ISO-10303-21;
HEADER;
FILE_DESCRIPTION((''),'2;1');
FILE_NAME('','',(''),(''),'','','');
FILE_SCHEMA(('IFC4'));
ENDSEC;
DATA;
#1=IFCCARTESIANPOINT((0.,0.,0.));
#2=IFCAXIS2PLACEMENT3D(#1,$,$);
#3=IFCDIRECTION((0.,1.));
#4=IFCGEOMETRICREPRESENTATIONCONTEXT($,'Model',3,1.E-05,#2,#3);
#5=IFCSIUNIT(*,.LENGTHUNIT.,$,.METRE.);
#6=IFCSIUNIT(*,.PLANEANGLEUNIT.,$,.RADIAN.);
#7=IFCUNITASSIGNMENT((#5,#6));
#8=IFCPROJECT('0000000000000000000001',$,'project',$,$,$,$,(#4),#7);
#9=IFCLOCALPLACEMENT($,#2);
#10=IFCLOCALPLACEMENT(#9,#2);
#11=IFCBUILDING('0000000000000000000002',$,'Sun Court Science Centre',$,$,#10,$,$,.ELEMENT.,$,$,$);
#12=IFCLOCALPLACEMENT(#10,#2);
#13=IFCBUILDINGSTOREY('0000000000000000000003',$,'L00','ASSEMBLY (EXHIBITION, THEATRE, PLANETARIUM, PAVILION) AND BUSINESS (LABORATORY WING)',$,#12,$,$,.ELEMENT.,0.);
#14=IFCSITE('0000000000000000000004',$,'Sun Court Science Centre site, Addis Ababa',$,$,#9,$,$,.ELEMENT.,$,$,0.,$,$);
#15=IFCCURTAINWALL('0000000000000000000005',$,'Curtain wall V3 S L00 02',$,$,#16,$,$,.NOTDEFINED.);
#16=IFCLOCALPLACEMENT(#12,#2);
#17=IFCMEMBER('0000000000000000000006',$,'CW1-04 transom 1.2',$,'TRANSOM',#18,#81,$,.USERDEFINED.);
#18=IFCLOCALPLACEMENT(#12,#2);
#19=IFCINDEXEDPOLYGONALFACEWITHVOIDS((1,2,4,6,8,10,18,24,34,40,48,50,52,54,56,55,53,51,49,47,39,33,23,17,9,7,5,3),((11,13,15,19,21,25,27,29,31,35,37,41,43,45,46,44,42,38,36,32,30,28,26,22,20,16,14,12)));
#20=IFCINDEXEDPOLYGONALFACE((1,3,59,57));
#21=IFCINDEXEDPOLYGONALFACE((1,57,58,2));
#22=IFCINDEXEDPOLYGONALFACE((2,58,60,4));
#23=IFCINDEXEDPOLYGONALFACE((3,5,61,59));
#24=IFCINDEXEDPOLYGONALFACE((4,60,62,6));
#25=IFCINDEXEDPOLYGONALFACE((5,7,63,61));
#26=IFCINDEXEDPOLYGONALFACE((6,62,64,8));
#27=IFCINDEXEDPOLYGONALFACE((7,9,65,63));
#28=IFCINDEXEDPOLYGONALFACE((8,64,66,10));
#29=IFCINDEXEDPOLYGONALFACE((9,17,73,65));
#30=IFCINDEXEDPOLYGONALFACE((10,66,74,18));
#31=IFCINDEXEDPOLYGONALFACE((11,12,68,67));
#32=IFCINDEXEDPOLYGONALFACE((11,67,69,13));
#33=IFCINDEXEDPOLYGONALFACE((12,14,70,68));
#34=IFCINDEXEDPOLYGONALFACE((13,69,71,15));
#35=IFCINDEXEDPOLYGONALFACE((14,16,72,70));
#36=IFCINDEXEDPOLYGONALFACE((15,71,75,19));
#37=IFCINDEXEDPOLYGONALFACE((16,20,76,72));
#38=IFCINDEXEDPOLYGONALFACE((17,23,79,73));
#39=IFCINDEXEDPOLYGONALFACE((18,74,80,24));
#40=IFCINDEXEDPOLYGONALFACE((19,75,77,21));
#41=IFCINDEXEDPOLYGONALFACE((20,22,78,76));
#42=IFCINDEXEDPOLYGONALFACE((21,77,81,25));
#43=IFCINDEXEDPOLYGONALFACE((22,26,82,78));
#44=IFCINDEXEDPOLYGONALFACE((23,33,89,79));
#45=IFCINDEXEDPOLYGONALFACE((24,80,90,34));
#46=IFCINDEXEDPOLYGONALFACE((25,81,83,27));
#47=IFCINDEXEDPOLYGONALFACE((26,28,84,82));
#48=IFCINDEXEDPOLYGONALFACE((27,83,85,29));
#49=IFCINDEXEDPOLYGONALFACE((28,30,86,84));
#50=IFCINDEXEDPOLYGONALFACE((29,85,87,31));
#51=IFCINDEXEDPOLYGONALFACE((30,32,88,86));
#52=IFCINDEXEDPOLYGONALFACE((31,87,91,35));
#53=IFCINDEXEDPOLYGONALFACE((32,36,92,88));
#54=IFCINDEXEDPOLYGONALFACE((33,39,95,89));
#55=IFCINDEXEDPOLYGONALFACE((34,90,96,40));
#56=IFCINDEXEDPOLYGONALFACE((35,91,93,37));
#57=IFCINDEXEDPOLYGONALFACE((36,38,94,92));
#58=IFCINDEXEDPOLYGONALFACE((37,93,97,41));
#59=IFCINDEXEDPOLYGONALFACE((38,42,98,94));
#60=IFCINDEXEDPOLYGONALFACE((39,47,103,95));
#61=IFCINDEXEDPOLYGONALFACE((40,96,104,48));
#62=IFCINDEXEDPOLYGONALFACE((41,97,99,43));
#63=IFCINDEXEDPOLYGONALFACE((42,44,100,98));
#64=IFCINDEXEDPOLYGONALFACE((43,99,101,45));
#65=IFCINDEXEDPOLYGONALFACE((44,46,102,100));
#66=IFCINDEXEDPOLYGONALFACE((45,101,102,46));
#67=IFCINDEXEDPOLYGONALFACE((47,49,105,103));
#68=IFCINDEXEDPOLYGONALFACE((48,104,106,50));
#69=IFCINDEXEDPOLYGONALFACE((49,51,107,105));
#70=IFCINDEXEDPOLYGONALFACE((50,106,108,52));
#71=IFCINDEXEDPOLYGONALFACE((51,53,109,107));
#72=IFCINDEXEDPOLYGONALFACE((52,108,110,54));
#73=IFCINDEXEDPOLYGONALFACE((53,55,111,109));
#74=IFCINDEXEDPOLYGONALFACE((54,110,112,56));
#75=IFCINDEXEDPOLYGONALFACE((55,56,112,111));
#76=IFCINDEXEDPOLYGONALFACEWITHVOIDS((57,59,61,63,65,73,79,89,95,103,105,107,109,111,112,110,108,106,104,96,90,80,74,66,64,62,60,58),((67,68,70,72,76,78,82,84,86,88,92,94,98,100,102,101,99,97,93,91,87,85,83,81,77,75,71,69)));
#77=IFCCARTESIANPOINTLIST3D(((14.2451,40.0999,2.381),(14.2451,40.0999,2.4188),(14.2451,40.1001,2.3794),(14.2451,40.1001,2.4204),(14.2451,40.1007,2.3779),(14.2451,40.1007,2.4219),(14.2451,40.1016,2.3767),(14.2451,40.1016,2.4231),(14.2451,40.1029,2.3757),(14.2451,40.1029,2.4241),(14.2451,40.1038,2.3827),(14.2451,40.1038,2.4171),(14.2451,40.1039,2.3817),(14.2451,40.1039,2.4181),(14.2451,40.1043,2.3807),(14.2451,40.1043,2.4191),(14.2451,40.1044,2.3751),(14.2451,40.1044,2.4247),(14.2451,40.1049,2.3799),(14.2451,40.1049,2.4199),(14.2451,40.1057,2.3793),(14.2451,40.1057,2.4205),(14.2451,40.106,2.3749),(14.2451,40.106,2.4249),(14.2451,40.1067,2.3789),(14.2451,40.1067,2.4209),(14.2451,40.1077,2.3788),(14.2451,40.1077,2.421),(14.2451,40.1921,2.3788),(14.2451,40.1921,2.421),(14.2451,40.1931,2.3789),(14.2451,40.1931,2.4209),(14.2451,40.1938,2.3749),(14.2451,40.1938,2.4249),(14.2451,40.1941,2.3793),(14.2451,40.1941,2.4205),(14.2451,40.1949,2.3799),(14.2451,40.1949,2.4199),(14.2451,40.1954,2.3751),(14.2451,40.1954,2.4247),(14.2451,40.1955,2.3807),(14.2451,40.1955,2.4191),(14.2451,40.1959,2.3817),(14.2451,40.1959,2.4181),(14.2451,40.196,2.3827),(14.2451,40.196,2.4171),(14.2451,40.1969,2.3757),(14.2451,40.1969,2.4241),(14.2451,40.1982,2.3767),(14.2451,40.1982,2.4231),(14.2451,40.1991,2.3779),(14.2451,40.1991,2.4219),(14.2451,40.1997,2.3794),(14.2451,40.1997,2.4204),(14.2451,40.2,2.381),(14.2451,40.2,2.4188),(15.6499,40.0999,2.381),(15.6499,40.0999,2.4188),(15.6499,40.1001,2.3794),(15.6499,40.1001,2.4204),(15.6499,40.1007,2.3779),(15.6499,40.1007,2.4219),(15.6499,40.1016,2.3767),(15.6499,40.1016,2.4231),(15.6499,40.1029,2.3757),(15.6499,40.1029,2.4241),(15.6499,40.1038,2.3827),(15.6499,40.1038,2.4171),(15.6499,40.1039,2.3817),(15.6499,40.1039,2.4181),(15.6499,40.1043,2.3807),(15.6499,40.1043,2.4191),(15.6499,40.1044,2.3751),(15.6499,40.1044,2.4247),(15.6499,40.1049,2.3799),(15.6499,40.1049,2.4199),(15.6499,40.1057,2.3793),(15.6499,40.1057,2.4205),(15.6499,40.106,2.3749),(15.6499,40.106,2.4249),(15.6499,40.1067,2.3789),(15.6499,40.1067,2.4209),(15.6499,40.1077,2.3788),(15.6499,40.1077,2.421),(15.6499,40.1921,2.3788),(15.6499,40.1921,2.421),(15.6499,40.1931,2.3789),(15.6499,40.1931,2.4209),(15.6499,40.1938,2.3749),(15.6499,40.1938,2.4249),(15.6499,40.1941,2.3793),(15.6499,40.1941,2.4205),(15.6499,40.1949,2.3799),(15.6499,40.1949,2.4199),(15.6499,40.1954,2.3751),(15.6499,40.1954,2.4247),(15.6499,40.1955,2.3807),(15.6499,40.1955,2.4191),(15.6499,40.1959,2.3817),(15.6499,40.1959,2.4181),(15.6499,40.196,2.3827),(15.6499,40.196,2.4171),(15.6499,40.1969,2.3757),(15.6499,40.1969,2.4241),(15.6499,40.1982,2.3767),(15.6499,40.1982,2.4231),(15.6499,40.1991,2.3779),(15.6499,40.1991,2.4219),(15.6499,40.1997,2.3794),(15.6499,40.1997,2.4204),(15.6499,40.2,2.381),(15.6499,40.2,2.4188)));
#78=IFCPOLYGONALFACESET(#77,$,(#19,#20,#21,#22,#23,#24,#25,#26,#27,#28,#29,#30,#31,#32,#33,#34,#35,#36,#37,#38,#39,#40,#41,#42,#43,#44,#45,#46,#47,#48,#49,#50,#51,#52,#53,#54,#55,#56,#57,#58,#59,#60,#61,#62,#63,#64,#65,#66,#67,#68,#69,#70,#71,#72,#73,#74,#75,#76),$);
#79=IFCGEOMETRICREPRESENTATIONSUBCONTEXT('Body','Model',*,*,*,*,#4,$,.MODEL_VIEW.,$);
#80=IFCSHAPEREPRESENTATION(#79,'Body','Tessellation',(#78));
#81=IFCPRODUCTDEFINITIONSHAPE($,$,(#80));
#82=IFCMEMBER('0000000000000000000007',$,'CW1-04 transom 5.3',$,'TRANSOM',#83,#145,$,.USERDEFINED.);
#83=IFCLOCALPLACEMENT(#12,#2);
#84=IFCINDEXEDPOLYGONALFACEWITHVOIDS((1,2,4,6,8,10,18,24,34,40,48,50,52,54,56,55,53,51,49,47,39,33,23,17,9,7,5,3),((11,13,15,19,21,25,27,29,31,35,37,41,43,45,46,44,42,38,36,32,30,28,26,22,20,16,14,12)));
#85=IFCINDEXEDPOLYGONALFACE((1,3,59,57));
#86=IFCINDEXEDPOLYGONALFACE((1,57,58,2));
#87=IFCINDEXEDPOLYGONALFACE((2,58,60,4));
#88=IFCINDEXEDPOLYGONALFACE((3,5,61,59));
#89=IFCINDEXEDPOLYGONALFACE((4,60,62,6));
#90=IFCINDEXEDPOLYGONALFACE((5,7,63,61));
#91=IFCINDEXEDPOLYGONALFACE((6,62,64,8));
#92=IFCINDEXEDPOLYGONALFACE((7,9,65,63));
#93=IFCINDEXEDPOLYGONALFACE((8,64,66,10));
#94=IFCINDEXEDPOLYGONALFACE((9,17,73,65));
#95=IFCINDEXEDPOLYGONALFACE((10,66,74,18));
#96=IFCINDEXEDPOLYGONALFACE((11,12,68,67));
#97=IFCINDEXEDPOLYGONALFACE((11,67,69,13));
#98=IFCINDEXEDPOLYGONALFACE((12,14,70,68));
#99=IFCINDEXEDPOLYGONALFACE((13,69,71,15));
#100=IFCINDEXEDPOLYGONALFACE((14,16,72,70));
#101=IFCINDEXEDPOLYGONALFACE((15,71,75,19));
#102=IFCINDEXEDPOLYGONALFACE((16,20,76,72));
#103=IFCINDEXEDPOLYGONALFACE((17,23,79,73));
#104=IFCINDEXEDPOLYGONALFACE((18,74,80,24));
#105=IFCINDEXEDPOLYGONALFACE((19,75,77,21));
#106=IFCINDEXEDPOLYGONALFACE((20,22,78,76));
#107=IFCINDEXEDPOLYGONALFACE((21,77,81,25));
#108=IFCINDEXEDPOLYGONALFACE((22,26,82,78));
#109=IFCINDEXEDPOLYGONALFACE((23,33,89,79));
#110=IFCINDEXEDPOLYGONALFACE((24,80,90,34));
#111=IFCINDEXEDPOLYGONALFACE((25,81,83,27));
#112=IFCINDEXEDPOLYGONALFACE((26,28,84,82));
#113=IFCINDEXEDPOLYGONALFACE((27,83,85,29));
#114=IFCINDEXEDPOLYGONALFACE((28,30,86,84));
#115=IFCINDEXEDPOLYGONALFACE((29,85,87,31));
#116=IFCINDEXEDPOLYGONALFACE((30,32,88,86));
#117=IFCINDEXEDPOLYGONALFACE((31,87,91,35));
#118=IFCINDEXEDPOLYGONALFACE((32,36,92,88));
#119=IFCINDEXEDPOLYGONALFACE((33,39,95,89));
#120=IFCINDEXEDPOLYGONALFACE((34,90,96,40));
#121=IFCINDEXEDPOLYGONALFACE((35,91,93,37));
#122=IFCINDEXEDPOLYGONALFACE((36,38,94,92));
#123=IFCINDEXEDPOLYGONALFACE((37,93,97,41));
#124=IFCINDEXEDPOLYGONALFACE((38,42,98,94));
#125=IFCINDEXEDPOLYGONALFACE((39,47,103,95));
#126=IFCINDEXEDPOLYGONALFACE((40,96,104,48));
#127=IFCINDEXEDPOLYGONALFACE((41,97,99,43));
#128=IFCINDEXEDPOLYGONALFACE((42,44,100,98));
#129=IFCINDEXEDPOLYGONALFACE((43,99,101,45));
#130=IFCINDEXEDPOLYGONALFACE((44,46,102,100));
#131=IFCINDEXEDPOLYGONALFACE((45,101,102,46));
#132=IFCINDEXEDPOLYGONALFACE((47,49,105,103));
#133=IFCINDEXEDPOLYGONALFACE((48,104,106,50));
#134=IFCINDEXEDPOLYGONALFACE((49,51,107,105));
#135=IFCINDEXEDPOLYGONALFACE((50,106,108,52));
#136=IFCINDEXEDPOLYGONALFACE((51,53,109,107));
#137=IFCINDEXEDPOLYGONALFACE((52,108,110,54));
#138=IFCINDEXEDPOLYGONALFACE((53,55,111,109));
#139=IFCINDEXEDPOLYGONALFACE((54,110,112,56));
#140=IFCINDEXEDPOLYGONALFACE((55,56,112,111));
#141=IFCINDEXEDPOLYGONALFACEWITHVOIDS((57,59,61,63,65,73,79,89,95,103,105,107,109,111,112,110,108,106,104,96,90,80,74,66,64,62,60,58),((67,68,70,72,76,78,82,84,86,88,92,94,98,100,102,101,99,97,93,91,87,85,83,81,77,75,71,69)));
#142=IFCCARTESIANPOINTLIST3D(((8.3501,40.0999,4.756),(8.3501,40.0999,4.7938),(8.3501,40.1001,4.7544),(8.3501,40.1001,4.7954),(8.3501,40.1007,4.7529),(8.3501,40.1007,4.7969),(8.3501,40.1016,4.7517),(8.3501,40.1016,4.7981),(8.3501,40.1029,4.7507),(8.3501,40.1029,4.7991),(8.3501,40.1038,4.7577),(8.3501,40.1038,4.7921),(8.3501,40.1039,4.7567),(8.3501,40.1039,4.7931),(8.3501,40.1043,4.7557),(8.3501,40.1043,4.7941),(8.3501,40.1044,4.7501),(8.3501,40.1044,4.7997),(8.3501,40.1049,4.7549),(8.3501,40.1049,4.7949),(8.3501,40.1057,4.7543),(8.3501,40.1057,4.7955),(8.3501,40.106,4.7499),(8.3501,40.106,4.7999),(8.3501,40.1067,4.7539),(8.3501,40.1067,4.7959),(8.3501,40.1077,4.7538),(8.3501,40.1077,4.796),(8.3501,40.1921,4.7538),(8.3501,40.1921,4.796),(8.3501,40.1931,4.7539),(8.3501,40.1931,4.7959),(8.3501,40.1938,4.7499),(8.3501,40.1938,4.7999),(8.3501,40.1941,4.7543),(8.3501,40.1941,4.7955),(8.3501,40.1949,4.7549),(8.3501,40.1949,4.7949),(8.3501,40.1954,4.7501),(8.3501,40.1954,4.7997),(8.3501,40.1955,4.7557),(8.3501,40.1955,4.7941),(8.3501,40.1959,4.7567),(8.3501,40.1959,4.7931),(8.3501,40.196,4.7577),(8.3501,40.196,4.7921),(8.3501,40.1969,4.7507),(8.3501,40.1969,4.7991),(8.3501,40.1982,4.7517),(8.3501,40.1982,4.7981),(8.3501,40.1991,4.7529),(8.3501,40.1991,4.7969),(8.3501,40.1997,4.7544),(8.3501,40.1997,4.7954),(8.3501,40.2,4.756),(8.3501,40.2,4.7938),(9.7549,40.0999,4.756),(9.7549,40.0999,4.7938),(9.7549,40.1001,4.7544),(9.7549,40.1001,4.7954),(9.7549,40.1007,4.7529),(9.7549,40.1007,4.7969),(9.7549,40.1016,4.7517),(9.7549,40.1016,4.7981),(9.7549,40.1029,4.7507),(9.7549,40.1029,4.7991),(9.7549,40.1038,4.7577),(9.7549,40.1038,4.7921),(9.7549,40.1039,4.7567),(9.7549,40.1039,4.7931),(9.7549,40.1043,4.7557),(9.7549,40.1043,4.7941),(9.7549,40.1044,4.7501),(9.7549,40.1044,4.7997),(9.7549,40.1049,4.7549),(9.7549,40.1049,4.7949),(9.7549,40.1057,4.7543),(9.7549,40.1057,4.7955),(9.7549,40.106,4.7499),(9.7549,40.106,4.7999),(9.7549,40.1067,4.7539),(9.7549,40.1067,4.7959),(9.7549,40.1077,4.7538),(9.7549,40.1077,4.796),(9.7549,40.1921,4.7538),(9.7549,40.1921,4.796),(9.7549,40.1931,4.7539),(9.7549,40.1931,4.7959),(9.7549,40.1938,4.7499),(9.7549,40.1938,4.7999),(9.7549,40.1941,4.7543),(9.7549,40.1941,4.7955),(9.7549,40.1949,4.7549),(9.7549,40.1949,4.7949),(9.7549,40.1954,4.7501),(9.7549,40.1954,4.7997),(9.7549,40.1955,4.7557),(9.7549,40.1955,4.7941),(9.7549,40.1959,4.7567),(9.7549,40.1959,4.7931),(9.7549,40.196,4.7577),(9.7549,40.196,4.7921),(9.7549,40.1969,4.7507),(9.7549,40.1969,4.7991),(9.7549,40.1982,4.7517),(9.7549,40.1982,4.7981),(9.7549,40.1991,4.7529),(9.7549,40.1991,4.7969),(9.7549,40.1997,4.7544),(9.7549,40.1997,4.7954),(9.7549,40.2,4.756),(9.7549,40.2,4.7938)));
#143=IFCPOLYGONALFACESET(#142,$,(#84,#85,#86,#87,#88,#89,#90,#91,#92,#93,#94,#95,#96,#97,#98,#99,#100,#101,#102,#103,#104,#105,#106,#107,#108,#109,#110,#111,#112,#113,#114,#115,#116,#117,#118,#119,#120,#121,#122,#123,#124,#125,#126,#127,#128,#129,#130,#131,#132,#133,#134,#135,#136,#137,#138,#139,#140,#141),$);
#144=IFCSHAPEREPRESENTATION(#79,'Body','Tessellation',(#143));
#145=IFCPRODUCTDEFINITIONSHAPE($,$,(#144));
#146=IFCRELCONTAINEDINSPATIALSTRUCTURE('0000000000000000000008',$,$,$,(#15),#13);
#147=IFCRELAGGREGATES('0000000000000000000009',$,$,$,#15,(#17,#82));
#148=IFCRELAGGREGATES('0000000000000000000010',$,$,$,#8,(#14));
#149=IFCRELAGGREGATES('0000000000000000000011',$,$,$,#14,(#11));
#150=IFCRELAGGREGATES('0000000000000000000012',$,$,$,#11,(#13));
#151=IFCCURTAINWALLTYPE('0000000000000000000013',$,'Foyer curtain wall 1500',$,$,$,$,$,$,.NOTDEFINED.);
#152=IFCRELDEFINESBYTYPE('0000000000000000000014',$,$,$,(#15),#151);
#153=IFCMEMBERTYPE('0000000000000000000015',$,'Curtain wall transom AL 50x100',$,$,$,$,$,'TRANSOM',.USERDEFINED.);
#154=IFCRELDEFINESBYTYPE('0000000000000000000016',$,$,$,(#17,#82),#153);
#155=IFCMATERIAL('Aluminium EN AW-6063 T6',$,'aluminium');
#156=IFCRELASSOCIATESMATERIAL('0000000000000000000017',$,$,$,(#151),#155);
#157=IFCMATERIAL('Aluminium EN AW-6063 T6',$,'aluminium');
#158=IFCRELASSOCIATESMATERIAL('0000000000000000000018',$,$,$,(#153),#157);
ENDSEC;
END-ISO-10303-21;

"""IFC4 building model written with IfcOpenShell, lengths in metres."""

from ifc_helpers import new_model, si_unit, direction, frame, origin, origin_2d, place, context, subcontext, project, spatial, hollow_rectangle, extrude, material, material_profile, profile_set, type_object, element, aggregate, save


model = new_model("IFC4")

# Units and contexts
model_context = context("Model", 3, precision=1e-05, world=origin(), true_north=direction((0.0, 1.0)))
body_context = subcontext(model_context, "Body", "Model", "MODEL_VIEW")
ifc_project = project(units=[si_unit("LENGTHUNIT", "METRE"), si_unit("PLANEANGLEUNIT", "RADIAN")], contexts=[model_context])

# Site, building, storey
site_placement = place(None, origin())
site = spatial("IfcSite", under=ifc_project, at=site_placement, Name="Sun Court Science Centre site, Addis Ababa", CompositionType="ELEMENT", RefElevation=0.0)
building_placement = place(site_placement, origin())
building = spatial("IfcBuilding", under=site, at=building_placement, Name="Sun Court Science Centre", CompositionType="ELEMENT")
storey_placement = place(building_placement, origin())
storey = spatial("IfcBuildingStorey", under=building, at=storey_placement, Name="L00", Description="ASSEMBLY (EXHIBITION, THEATRE, PLANETARIUM, PAVILION) AND BUSINESS (LABORATORY WING)", CompositionType="ELEMENT", Elevation=0.0)

# Curtain wall
ifc_material_1 = material(Name="Aluminium EN AW-6063 T6", Category="aluminium")
curtain_wall_type = type_object("IfcCurtainWallType", Name="Foyer curtain wall 1500", PredefinedType="NOTDEFINED", material=ifc_material_1)
curtain_wall_1_placement = place(storey_placement, origin())
curtain_wall_1 = element("IfcCurtainWall", 1, at=curtain_wall_1_placement, inside=storey, type_object=curtain_wall_type, Name="Curtain wall V3 S L00 02", PredefinedType="NOTDEFINED")

# Members
ifc_material_2 = material(Name="Aluminium EN AW-6063 T6", Category="aluminium")
ifc_material_profile_1 = material_profile(ifc_material_2, hollow_rectangle(XDim=0.05, YDim=0.1001, WallThickness=0.0039, InnerFilletRadius=0.0039, OuterFilletRadius=0.0061, at=origin_2d()), Name="AL 50x100x4")
ifc_profile_set_1 = profile_set([ifc_material_profile_1], Name="Aluminium EN AW-6063 T6")
member_type_1 = type_object("IfcMemberType", Name="Curtain wall transom AL 50x100", ElementType="TRANSOM", PredefinedType="USERDEFINED", material=ifc_profile_set_1)
member_1_placement = place(storey_placement, frame((15.6499, 40.1499, 2.3999), z_axis=(-1.0, 0.0, 0.0), x_axis=(0.0, 0.0, 1.0)))
member_1 = element("IfcMember", 2, at=member_1_placement, type_object=member_type_1, Name="CW1-04 transom 1.2", ObjectType="TRANSOM", PredefinedType="USERDEFINED", context=body_context, shape_type="SweptSolid", body=[
    extrude(hollow_rectangle(XDim=0.05, YDim=0.1001, WallThickness=0.0039, InnerFilletRadius=0.0039, OuterFilletRadius=0.0061, at=origin_2d()), origin(), (0.0, 0.0, 1.0), 1.4048),
])
member_2_placement = place(storey_placement, frame((9.7549, 40.1499, 4.7749), z_axis=(-1.0, 0.0, 0.0), x_axis=(0.0, 0.0, 1.0)))
member_2 = element("IfcMember", 3, at=member_2_placement, type_object=member_type_1, Name="CW1-04 transom 5.3", ObjectType="TRANSOM", PredefinedType="USERDEFINED", context=body_context, shape_type="SweptSolid", body=[
    extrude(hollow_rectangle(XDim=0.05, YDim=0.1001, WallThickness=0.0039, InnerFilletRadius=0.0039, OuterFilletRadius=0.0061, at=origin_2d()), origin(), (0.0, 0.0, 1.0), 1.4048),
])

aggregate(curtain_wall_1, [member_1, member_2])

save(model, "model.ifc")
